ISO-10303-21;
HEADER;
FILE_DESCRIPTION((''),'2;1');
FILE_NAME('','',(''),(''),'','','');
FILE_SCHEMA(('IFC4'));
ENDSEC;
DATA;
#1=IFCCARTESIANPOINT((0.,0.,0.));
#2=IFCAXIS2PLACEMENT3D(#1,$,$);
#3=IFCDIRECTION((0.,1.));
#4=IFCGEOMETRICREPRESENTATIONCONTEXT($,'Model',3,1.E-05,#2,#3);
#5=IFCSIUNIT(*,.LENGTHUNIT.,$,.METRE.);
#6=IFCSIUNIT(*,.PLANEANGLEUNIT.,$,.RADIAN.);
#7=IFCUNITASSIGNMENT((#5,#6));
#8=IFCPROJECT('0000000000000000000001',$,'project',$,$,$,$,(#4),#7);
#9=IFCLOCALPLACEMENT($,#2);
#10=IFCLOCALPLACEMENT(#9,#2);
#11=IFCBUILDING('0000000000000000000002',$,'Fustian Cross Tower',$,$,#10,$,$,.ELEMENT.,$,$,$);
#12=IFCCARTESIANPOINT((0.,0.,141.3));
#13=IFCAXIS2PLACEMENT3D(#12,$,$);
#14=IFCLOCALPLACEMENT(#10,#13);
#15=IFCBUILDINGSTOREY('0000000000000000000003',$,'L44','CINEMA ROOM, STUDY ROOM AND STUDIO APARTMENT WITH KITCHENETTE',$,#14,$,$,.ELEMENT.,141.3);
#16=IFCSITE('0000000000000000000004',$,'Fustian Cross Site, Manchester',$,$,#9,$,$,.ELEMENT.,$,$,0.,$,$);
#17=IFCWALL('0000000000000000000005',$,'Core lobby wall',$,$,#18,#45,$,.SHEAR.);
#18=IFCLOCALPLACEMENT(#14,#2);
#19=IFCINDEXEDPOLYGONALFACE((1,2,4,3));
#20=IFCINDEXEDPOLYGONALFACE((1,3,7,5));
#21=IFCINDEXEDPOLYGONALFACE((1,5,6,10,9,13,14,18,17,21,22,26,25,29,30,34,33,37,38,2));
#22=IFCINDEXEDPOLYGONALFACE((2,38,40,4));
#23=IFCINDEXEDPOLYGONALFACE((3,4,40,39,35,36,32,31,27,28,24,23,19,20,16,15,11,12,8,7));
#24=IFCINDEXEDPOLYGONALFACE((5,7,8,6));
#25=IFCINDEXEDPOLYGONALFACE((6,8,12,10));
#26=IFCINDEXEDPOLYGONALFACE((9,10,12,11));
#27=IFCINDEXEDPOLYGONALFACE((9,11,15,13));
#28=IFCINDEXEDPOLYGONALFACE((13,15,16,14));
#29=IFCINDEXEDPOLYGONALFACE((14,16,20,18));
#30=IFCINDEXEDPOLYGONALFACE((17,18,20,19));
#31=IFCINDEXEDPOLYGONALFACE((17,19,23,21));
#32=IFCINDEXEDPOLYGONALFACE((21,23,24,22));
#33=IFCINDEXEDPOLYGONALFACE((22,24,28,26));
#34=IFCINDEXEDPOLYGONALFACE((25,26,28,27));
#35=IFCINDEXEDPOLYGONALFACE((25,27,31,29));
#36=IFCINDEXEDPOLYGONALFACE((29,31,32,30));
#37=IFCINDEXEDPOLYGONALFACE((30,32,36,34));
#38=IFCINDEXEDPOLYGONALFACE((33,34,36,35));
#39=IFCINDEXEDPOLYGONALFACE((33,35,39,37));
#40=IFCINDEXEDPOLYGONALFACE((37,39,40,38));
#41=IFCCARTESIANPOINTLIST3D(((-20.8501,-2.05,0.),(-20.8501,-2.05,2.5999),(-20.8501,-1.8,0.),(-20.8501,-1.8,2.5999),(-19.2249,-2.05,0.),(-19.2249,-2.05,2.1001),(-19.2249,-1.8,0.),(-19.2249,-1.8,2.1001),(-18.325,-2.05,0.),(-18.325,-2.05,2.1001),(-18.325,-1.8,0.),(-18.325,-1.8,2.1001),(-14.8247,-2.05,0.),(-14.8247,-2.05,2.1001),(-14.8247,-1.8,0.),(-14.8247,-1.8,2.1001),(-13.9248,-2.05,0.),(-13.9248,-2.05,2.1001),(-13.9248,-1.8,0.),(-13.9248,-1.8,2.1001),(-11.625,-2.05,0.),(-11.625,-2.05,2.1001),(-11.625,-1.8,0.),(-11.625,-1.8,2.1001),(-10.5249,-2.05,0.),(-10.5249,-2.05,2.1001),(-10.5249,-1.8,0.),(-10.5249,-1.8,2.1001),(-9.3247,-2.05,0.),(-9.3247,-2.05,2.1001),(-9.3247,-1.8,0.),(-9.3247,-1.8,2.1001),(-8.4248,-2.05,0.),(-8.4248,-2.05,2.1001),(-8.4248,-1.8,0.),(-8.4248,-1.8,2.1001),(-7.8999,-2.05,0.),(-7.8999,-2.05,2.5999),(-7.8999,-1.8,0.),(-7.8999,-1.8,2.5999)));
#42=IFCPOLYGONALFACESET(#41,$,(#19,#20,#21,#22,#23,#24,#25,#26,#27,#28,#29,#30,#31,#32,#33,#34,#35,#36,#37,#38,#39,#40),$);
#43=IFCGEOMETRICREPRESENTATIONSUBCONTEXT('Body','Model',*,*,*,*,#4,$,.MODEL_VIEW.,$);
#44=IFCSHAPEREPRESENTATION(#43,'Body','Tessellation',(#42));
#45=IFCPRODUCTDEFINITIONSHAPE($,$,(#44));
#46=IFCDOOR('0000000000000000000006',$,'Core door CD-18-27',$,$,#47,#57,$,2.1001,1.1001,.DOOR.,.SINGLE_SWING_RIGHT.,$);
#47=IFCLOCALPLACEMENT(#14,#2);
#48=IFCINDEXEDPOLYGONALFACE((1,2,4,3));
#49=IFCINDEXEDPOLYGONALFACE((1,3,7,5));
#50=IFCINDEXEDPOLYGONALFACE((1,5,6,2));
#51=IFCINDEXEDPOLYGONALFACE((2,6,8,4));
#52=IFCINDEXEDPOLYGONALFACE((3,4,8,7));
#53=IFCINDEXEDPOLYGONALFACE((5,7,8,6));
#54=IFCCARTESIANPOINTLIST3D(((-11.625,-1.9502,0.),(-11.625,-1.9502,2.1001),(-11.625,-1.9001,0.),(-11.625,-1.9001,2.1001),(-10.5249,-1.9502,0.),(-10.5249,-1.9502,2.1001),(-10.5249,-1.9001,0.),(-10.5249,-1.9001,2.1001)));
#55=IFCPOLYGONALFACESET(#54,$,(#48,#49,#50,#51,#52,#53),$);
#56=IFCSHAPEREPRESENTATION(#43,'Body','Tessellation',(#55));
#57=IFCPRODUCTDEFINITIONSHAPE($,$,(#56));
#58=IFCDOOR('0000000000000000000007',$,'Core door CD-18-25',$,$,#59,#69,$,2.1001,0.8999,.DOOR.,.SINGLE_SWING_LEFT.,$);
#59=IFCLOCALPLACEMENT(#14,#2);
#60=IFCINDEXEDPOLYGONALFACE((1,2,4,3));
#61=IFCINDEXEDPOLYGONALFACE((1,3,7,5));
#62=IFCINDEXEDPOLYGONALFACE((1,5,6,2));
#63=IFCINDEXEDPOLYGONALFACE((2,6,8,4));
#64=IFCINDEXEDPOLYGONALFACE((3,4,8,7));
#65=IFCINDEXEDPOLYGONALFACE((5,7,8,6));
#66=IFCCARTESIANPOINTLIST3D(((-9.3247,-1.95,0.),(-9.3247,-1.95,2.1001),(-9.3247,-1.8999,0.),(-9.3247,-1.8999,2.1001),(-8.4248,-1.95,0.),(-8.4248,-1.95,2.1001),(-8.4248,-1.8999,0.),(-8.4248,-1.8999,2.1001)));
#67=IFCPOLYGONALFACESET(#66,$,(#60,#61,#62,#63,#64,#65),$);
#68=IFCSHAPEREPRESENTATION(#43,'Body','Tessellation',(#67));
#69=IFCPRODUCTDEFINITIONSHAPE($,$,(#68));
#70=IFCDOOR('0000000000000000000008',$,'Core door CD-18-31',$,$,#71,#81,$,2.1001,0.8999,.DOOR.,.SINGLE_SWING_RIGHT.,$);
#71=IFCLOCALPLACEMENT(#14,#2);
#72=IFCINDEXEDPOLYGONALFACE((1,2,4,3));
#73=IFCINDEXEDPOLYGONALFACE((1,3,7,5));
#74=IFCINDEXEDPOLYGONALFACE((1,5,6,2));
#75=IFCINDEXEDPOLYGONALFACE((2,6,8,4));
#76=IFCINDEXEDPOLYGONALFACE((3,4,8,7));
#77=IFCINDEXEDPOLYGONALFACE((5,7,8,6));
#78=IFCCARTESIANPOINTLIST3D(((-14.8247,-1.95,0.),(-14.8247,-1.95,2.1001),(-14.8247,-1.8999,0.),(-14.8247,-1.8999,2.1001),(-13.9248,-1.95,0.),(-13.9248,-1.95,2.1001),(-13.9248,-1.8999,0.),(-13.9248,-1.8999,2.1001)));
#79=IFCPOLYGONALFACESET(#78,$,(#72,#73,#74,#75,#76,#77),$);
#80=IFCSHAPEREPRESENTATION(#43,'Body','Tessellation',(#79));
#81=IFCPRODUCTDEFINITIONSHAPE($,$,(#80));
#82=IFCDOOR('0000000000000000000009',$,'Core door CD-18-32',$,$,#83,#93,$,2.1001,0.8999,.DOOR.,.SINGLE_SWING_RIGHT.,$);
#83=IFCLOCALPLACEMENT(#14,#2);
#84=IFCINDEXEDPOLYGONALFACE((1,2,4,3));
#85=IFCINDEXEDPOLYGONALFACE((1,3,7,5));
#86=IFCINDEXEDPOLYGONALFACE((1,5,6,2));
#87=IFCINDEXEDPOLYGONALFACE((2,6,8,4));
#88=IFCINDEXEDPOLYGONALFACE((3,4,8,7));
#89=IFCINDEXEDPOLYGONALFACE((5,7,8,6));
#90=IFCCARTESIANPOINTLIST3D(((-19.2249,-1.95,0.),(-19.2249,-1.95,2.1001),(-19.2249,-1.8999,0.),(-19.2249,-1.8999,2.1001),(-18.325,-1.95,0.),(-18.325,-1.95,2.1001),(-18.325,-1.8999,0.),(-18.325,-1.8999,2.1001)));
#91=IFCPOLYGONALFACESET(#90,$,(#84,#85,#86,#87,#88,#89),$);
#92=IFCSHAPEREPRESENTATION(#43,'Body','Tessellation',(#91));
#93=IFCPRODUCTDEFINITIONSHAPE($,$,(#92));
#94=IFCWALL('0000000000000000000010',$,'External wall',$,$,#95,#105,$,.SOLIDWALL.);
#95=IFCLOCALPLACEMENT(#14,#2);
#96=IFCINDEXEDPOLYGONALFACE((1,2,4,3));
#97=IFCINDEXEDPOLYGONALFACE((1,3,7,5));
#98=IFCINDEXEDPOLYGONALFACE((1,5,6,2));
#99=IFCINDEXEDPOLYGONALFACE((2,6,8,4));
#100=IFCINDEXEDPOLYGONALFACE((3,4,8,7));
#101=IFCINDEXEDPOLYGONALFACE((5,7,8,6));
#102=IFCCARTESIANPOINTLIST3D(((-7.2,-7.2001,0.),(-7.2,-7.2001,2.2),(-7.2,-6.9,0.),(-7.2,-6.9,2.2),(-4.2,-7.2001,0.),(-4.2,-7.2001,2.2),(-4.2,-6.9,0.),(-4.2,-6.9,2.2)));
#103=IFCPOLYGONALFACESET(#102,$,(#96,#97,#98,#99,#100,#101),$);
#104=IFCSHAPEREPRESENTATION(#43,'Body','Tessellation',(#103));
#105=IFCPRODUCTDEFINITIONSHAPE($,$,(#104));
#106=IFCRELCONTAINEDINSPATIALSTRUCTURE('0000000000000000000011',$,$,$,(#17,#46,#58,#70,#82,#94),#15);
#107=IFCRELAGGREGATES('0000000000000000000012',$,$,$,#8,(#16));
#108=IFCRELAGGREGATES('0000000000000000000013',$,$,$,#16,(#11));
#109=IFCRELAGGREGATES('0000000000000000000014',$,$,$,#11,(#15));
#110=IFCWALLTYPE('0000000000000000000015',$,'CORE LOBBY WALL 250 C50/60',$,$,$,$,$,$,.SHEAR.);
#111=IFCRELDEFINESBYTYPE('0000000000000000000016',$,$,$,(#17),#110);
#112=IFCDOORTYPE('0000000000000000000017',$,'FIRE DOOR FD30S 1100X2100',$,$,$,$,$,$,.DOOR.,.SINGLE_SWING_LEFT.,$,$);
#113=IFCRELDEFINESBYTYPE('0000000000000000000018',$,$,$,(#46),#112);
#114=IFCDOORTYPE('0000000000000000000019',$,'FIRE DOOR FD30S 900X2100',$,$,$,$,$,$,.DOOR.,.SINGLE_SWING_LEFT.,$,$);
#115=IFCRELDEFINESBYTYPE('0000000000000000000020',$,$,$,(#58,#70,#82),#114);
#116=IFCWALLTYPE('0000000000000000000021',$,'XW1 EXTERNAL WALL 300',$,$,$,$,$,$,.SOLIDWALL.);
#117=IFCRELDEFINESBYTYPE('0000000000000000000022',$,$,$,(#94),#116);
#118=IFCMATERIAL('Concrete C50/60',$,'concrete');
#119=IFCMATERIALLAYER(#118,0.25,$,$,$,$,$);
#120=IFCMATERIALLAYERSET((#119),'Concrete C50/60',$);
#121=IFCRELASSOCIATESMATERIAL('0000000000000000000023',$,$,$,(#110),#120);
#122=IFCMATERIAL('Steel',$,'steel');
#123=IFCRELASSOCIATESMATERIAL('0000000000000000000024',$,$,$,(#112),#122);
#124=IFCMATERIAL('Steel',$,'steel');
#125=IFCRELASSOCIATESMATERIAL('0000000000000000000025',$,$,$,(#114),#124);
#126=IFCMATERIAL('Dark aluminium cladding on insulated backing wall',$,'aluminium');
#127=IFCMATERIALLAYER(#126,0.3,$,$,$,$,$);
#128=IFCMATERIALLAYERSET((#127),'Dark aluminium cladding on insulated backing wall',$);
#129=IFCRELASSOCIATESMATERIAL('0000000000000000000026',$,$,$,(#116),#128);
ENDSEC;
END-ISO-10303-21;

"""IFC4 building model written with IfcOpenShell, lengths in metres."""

from ifc_helpers import new_model, si_unit, direction, frame, frame_2d, origin, place, context, subcontext, project, spatial, rectangle, extrude, material, layer, layer_set, type_object, element, fill, save


model = new_model("IFC4")

# Units and contexts
model_context = context("Model", 3, precision=1e-05, world=origin(), true_north=direction((0.0, 1.0)))
body_context = subcontext(model_context, "Body", "Model", "MODEL_VIEW")
ifc_project = project(units=[si_unit("LENGTHUNIT", "METRE"), si_unit("PLANEANGLEUNIT", "RADIAN")], contexts=[model_context])

# Site, building, storey
site_placement = place(None, origin())
site = spatial("IfcSite", under=ifc_project, at=site_placement, Name="Fustian Cross Site, Manchester", CompositionType="ELEMENT", RefElevation=0.0)
building_placement = place(site_placement, origin())
building = spatial("IfcBuilding", under=site, at=building_placement, Name="Fustian Cross Tower", CompositionType="ELEMENT")
storey_placement = place(building_placement, frame((0.0, 0.0, 141.3)))
storey = spatial("IfcBuildingStorey", under=building, at=storey_placement, Name="L44", Description="CINEMA ROOM, STUDY ROOM AND STUDIO APARTMENT WITH KITCHENETTE", CompositionType="ELEMENT", Elevation=141.3)

# Wall, openings, doors
ifc_material_1 = material(Name="Concrete C50/60", Category="concrete")
ifc_layer_1 = layer(ifc_material_1, 0.25)
ifc_layer_set_1 = layer_set([ifc_layer_1], Name="Concrete C50/60")
wall_type_1 = type_object("IfcWallType", Name="CORE LOBBY WALL 250 C50/60", PredefinedType="SHEAR", material=ifc_layer_set_1)
wall_1_placement = place(storey_placement, frame((-7.8999, -1.925, 0.0), z_axis=(0.0, 0.0, 1.0), x_axis=(-1.0, 0.0, 0.0)))
wall_1 = element("IfcWall", 1, at=wall_1_placement, inside=storey, type_object=wall_type_1, Name="Core lobby wall", PredefinedType="SHEAR", context=body_context, shape_type="SweptSolid", body=[
    extrude(rectangle(XDim=12.9502, YDim=0.25, at=frame_2d((6.4751, 0.0))), origin(), (0.0, 0.0, 1.0), 2.5999),
])
opening_1_placement = place(wall_1_placement, frame((0.5249, 0.0, 0.0)))
opening_1 = element("IfcOpeningElement", 2, at=opening_1_placement, cuts=wall_1, PredefinedType="OPENING", context=body_context, shape_type="SweptSolid", body=[
    extrude(rectangle(XDim=0.8999, YDim=2.1001, at=frame_2d((0.45, 1.05))), frame((0.0, 0.135, 0.0), z_axis=(0.0, -1.0, 0.0), x_axis=(1.0, 0.0, 0.0)), (0.0, 0.0, 1.0), 0.27),
])
opening_2_placement = place(wall_1_placement, frame((2.625, 0.0, 0.0)))
opening_2 = element("IfcOpeningElement", 3, at=opening_2_placement, cuts=wall_1, PredefinedType="OPENING", context=body_context, shape_type="SweptSolid", body=[
    extrude(rectangle(XDim=1.1001, YDim=2.1001, at=frame_2d((0.55, 1.05))), frame((0.0, 0.135, 0.0), z_axis=(0.0, -1.0, 0.0), x_axis=(1.0, 0.0, 0.0)), (0.0, 0.0, 1.0), 0.27),
])
opening_3_placement = place(wall_1_placement, frame((6.0249, 0.0, 0.0)))
opening_3 = element("IfcOpeningElement", 4, at=opening_3_placement, cuts=wall_1, PredefinedType="OPENING", context=body_context, shape_type="SweptSolid", body=[
    extrude(rectangle(XDim=0.8999, YDim=2.1001, at=frame_2d((0.45, 1.05))), frame((0.0, 0.135, 0.0), z_axis=(0.0, -1.0, 0.0), x_axis=(1.0, 0.0, 0.0)), (0.0, 0.0, 1.0), 0.27),
])
opening_4_placement = place(wall_1_placement, frame((10.425, 0.0, 0.0)))
opening_4 = element("IfcOpeningElement", 5, at=opening_4_placement, cuts=wall_1, PredefinedType="OPENING", context=body_context, shape_type="SweptSolid", body=[
    extrude(rectangle(XDim=0.8999, YDim=2.1001, at=frame_2d((0.45, 1.05))), frame((0.0, 0.135, 0.0), z_axis=(0.0, -1.0, 0.0), x_axis=(1.0, 0.0, 0.0)), (0.0, 0.0, 1.0), 0.27),
])
ifc_material_2 = material(Name="Steel", Category="steel")
door_type_1 = type_object("IfcDoorType", Name="FIRE DOOR FD30S 1100X2100", OperationType="SINGLE_SWING_LEFT", PredefinedType="DOOR", material=ifc_material_2)
door_1_placement = place(opening_2_placement, frame((1.1001, 0.0, 0.0), z_axis=(0.0, 0.0, 1.0), x_axis=(-1.0, 0.0, 0.0)))
door_1 = element("IfcDoor", 6, at=door_1_placement, inside=storey, type_object=door_type_1, Name="Core door CD-18-27", OperationType="SINGLE_SWING_RIGHT", OverallHeight=2.1001, OverallWidth=1.1001, PredefinedType="DOOR", context=body_context, shape_type="SweptSolid", body=[
    extrude(rectangle(XDim=1.1001, YDim=2.1001, at=frame_2d((0.55, 1.05))), frame((0.0, 0.0249, 0.0), z_axis=(0.0, -1.0, 0.0), x_axis=(1.0, 0.0, 0.0)), (0.0, 0.0, 1.0), 0.05),
])
fill(opening_2, door_1)
ifc_material_3 = material(Name="Steel", Category="steel")
door_type_2 = type_object("IfcDoorType", Name="FIRE DOOR FD30S 900X2100", OperationType="SINGLE_SWING_LEFT", PredefinedType="DOOR", material=ifc_material_3)
door_2_placement = place(opening_1_placement, origin())
door_2 = element("IfcDoor", 7, at=door_2_placement, inside=storey, type_object=door_type_2, Name="Core door CD-18-25", OperationType="SINGLE_SWING_LEFT", OverallHeight=2.1001, OverallWidth=0.8999, PredefinedType="DOOR", context=body_context, shape_type="SweptSolid", body=[
    extrude(rectangle(XDim=0.8999, YDim=2.1001, at=frame_2d((0.45, 1.05))), frame((0.0, 0.0249, 0.0), z_axis=(0.0, -1.0, 0.0), x_axis=(1.0, 0.0, 0.0)), (0.0, 0.0, 1.0), 0.05),
])
fill(opening_1, door_2)
door_3_placement = place(opening_3_placement, origin())
door_3 = element("IfcDoor", 8, at=door_3_placement, inside=storey, type_object=door_type_2, Name="Core door CD-18-31", OperationType="SINGLE_SWING_RIGHT", OverallHeight=2.1001, OverallWidth=0.8999, PredefinedType="DOOR", context=body_context, shape_type="SweptSolid", body=[
    extrude(rectangle(XDim=0.8999, YDim=2.1001, at=frame_2d((0.45, 1.05))), frame((0.0, 0.0249, 0.0), z_axis=(0.0, -1.0, 0.0), x_axis=(1.0, 0.0, 0.0)), (0.0, 0.0, 1.0), 0.05),
])
fill(opening_3, door_3)
door_4_placement = place(opening_4_placement, origin())
door_4 = element("IfcDoor", 9, at=door_4_placement, inside=storey, type_object=door_type_2, Name="Core door CD-18-32", OperationType="SINGLE_SWING_RIGHT", OverallHeight=2.1001, OverallWidth=0.8999, PredefinedType="DOOR", context=body_context, shape_type="SweptSolid", body=[
    extrude(rectangle(XDim=0.8999, YDim=2.1001, at=frame_2d((0.45, 1.05))), frame((0.0, 0.0249, 0.0), z_axis=(0.0, -1.0, 0.0), x_axis=(1.0, 0.0, 0.0)), (0.0, 0.0, 1.0), 0.05),
])
fill(opening_4, door_4)

# Wall
ifc_material_4 = material(Name="Dark aluminium cladding on insulated backing wall", Category="aluminium")
ifc_layer_2 = layer(ifc_material_4, 0.3)
ifc_layer_set_2 = layer_set([ifc_layer_2], Name="Dark aluminium cladding on insulated backing wall")
wall_type_2 = type_object("IfcWallType", Name="XW1 EXTERNAL WALL 300", PredefinedType="SOLIDWALL", material=ifc_layer_set_2)
wall_2_placement = place(storey_placement, frame((-7.2, -7.05, 0.0), z_axis=(0.0, 0.0, 1.0), x_axis=(1.0, 0.0, 0.0)))
element("IfcWall", 10, at=wall_2_placement, inside=storey, type_object=wall_type_2, Name="External wall", PredefinedType="SOLIDWALL", context=body_context, shape_type="SweptSolid", body=[
    extrude(rectangle(XDim=3.0, YDim=0.3, at=frame_2d((1.5, 0.0))), origin(), (0.0, 0.0, 1.0), 2.2),
])

save(model, "model.ifc")
